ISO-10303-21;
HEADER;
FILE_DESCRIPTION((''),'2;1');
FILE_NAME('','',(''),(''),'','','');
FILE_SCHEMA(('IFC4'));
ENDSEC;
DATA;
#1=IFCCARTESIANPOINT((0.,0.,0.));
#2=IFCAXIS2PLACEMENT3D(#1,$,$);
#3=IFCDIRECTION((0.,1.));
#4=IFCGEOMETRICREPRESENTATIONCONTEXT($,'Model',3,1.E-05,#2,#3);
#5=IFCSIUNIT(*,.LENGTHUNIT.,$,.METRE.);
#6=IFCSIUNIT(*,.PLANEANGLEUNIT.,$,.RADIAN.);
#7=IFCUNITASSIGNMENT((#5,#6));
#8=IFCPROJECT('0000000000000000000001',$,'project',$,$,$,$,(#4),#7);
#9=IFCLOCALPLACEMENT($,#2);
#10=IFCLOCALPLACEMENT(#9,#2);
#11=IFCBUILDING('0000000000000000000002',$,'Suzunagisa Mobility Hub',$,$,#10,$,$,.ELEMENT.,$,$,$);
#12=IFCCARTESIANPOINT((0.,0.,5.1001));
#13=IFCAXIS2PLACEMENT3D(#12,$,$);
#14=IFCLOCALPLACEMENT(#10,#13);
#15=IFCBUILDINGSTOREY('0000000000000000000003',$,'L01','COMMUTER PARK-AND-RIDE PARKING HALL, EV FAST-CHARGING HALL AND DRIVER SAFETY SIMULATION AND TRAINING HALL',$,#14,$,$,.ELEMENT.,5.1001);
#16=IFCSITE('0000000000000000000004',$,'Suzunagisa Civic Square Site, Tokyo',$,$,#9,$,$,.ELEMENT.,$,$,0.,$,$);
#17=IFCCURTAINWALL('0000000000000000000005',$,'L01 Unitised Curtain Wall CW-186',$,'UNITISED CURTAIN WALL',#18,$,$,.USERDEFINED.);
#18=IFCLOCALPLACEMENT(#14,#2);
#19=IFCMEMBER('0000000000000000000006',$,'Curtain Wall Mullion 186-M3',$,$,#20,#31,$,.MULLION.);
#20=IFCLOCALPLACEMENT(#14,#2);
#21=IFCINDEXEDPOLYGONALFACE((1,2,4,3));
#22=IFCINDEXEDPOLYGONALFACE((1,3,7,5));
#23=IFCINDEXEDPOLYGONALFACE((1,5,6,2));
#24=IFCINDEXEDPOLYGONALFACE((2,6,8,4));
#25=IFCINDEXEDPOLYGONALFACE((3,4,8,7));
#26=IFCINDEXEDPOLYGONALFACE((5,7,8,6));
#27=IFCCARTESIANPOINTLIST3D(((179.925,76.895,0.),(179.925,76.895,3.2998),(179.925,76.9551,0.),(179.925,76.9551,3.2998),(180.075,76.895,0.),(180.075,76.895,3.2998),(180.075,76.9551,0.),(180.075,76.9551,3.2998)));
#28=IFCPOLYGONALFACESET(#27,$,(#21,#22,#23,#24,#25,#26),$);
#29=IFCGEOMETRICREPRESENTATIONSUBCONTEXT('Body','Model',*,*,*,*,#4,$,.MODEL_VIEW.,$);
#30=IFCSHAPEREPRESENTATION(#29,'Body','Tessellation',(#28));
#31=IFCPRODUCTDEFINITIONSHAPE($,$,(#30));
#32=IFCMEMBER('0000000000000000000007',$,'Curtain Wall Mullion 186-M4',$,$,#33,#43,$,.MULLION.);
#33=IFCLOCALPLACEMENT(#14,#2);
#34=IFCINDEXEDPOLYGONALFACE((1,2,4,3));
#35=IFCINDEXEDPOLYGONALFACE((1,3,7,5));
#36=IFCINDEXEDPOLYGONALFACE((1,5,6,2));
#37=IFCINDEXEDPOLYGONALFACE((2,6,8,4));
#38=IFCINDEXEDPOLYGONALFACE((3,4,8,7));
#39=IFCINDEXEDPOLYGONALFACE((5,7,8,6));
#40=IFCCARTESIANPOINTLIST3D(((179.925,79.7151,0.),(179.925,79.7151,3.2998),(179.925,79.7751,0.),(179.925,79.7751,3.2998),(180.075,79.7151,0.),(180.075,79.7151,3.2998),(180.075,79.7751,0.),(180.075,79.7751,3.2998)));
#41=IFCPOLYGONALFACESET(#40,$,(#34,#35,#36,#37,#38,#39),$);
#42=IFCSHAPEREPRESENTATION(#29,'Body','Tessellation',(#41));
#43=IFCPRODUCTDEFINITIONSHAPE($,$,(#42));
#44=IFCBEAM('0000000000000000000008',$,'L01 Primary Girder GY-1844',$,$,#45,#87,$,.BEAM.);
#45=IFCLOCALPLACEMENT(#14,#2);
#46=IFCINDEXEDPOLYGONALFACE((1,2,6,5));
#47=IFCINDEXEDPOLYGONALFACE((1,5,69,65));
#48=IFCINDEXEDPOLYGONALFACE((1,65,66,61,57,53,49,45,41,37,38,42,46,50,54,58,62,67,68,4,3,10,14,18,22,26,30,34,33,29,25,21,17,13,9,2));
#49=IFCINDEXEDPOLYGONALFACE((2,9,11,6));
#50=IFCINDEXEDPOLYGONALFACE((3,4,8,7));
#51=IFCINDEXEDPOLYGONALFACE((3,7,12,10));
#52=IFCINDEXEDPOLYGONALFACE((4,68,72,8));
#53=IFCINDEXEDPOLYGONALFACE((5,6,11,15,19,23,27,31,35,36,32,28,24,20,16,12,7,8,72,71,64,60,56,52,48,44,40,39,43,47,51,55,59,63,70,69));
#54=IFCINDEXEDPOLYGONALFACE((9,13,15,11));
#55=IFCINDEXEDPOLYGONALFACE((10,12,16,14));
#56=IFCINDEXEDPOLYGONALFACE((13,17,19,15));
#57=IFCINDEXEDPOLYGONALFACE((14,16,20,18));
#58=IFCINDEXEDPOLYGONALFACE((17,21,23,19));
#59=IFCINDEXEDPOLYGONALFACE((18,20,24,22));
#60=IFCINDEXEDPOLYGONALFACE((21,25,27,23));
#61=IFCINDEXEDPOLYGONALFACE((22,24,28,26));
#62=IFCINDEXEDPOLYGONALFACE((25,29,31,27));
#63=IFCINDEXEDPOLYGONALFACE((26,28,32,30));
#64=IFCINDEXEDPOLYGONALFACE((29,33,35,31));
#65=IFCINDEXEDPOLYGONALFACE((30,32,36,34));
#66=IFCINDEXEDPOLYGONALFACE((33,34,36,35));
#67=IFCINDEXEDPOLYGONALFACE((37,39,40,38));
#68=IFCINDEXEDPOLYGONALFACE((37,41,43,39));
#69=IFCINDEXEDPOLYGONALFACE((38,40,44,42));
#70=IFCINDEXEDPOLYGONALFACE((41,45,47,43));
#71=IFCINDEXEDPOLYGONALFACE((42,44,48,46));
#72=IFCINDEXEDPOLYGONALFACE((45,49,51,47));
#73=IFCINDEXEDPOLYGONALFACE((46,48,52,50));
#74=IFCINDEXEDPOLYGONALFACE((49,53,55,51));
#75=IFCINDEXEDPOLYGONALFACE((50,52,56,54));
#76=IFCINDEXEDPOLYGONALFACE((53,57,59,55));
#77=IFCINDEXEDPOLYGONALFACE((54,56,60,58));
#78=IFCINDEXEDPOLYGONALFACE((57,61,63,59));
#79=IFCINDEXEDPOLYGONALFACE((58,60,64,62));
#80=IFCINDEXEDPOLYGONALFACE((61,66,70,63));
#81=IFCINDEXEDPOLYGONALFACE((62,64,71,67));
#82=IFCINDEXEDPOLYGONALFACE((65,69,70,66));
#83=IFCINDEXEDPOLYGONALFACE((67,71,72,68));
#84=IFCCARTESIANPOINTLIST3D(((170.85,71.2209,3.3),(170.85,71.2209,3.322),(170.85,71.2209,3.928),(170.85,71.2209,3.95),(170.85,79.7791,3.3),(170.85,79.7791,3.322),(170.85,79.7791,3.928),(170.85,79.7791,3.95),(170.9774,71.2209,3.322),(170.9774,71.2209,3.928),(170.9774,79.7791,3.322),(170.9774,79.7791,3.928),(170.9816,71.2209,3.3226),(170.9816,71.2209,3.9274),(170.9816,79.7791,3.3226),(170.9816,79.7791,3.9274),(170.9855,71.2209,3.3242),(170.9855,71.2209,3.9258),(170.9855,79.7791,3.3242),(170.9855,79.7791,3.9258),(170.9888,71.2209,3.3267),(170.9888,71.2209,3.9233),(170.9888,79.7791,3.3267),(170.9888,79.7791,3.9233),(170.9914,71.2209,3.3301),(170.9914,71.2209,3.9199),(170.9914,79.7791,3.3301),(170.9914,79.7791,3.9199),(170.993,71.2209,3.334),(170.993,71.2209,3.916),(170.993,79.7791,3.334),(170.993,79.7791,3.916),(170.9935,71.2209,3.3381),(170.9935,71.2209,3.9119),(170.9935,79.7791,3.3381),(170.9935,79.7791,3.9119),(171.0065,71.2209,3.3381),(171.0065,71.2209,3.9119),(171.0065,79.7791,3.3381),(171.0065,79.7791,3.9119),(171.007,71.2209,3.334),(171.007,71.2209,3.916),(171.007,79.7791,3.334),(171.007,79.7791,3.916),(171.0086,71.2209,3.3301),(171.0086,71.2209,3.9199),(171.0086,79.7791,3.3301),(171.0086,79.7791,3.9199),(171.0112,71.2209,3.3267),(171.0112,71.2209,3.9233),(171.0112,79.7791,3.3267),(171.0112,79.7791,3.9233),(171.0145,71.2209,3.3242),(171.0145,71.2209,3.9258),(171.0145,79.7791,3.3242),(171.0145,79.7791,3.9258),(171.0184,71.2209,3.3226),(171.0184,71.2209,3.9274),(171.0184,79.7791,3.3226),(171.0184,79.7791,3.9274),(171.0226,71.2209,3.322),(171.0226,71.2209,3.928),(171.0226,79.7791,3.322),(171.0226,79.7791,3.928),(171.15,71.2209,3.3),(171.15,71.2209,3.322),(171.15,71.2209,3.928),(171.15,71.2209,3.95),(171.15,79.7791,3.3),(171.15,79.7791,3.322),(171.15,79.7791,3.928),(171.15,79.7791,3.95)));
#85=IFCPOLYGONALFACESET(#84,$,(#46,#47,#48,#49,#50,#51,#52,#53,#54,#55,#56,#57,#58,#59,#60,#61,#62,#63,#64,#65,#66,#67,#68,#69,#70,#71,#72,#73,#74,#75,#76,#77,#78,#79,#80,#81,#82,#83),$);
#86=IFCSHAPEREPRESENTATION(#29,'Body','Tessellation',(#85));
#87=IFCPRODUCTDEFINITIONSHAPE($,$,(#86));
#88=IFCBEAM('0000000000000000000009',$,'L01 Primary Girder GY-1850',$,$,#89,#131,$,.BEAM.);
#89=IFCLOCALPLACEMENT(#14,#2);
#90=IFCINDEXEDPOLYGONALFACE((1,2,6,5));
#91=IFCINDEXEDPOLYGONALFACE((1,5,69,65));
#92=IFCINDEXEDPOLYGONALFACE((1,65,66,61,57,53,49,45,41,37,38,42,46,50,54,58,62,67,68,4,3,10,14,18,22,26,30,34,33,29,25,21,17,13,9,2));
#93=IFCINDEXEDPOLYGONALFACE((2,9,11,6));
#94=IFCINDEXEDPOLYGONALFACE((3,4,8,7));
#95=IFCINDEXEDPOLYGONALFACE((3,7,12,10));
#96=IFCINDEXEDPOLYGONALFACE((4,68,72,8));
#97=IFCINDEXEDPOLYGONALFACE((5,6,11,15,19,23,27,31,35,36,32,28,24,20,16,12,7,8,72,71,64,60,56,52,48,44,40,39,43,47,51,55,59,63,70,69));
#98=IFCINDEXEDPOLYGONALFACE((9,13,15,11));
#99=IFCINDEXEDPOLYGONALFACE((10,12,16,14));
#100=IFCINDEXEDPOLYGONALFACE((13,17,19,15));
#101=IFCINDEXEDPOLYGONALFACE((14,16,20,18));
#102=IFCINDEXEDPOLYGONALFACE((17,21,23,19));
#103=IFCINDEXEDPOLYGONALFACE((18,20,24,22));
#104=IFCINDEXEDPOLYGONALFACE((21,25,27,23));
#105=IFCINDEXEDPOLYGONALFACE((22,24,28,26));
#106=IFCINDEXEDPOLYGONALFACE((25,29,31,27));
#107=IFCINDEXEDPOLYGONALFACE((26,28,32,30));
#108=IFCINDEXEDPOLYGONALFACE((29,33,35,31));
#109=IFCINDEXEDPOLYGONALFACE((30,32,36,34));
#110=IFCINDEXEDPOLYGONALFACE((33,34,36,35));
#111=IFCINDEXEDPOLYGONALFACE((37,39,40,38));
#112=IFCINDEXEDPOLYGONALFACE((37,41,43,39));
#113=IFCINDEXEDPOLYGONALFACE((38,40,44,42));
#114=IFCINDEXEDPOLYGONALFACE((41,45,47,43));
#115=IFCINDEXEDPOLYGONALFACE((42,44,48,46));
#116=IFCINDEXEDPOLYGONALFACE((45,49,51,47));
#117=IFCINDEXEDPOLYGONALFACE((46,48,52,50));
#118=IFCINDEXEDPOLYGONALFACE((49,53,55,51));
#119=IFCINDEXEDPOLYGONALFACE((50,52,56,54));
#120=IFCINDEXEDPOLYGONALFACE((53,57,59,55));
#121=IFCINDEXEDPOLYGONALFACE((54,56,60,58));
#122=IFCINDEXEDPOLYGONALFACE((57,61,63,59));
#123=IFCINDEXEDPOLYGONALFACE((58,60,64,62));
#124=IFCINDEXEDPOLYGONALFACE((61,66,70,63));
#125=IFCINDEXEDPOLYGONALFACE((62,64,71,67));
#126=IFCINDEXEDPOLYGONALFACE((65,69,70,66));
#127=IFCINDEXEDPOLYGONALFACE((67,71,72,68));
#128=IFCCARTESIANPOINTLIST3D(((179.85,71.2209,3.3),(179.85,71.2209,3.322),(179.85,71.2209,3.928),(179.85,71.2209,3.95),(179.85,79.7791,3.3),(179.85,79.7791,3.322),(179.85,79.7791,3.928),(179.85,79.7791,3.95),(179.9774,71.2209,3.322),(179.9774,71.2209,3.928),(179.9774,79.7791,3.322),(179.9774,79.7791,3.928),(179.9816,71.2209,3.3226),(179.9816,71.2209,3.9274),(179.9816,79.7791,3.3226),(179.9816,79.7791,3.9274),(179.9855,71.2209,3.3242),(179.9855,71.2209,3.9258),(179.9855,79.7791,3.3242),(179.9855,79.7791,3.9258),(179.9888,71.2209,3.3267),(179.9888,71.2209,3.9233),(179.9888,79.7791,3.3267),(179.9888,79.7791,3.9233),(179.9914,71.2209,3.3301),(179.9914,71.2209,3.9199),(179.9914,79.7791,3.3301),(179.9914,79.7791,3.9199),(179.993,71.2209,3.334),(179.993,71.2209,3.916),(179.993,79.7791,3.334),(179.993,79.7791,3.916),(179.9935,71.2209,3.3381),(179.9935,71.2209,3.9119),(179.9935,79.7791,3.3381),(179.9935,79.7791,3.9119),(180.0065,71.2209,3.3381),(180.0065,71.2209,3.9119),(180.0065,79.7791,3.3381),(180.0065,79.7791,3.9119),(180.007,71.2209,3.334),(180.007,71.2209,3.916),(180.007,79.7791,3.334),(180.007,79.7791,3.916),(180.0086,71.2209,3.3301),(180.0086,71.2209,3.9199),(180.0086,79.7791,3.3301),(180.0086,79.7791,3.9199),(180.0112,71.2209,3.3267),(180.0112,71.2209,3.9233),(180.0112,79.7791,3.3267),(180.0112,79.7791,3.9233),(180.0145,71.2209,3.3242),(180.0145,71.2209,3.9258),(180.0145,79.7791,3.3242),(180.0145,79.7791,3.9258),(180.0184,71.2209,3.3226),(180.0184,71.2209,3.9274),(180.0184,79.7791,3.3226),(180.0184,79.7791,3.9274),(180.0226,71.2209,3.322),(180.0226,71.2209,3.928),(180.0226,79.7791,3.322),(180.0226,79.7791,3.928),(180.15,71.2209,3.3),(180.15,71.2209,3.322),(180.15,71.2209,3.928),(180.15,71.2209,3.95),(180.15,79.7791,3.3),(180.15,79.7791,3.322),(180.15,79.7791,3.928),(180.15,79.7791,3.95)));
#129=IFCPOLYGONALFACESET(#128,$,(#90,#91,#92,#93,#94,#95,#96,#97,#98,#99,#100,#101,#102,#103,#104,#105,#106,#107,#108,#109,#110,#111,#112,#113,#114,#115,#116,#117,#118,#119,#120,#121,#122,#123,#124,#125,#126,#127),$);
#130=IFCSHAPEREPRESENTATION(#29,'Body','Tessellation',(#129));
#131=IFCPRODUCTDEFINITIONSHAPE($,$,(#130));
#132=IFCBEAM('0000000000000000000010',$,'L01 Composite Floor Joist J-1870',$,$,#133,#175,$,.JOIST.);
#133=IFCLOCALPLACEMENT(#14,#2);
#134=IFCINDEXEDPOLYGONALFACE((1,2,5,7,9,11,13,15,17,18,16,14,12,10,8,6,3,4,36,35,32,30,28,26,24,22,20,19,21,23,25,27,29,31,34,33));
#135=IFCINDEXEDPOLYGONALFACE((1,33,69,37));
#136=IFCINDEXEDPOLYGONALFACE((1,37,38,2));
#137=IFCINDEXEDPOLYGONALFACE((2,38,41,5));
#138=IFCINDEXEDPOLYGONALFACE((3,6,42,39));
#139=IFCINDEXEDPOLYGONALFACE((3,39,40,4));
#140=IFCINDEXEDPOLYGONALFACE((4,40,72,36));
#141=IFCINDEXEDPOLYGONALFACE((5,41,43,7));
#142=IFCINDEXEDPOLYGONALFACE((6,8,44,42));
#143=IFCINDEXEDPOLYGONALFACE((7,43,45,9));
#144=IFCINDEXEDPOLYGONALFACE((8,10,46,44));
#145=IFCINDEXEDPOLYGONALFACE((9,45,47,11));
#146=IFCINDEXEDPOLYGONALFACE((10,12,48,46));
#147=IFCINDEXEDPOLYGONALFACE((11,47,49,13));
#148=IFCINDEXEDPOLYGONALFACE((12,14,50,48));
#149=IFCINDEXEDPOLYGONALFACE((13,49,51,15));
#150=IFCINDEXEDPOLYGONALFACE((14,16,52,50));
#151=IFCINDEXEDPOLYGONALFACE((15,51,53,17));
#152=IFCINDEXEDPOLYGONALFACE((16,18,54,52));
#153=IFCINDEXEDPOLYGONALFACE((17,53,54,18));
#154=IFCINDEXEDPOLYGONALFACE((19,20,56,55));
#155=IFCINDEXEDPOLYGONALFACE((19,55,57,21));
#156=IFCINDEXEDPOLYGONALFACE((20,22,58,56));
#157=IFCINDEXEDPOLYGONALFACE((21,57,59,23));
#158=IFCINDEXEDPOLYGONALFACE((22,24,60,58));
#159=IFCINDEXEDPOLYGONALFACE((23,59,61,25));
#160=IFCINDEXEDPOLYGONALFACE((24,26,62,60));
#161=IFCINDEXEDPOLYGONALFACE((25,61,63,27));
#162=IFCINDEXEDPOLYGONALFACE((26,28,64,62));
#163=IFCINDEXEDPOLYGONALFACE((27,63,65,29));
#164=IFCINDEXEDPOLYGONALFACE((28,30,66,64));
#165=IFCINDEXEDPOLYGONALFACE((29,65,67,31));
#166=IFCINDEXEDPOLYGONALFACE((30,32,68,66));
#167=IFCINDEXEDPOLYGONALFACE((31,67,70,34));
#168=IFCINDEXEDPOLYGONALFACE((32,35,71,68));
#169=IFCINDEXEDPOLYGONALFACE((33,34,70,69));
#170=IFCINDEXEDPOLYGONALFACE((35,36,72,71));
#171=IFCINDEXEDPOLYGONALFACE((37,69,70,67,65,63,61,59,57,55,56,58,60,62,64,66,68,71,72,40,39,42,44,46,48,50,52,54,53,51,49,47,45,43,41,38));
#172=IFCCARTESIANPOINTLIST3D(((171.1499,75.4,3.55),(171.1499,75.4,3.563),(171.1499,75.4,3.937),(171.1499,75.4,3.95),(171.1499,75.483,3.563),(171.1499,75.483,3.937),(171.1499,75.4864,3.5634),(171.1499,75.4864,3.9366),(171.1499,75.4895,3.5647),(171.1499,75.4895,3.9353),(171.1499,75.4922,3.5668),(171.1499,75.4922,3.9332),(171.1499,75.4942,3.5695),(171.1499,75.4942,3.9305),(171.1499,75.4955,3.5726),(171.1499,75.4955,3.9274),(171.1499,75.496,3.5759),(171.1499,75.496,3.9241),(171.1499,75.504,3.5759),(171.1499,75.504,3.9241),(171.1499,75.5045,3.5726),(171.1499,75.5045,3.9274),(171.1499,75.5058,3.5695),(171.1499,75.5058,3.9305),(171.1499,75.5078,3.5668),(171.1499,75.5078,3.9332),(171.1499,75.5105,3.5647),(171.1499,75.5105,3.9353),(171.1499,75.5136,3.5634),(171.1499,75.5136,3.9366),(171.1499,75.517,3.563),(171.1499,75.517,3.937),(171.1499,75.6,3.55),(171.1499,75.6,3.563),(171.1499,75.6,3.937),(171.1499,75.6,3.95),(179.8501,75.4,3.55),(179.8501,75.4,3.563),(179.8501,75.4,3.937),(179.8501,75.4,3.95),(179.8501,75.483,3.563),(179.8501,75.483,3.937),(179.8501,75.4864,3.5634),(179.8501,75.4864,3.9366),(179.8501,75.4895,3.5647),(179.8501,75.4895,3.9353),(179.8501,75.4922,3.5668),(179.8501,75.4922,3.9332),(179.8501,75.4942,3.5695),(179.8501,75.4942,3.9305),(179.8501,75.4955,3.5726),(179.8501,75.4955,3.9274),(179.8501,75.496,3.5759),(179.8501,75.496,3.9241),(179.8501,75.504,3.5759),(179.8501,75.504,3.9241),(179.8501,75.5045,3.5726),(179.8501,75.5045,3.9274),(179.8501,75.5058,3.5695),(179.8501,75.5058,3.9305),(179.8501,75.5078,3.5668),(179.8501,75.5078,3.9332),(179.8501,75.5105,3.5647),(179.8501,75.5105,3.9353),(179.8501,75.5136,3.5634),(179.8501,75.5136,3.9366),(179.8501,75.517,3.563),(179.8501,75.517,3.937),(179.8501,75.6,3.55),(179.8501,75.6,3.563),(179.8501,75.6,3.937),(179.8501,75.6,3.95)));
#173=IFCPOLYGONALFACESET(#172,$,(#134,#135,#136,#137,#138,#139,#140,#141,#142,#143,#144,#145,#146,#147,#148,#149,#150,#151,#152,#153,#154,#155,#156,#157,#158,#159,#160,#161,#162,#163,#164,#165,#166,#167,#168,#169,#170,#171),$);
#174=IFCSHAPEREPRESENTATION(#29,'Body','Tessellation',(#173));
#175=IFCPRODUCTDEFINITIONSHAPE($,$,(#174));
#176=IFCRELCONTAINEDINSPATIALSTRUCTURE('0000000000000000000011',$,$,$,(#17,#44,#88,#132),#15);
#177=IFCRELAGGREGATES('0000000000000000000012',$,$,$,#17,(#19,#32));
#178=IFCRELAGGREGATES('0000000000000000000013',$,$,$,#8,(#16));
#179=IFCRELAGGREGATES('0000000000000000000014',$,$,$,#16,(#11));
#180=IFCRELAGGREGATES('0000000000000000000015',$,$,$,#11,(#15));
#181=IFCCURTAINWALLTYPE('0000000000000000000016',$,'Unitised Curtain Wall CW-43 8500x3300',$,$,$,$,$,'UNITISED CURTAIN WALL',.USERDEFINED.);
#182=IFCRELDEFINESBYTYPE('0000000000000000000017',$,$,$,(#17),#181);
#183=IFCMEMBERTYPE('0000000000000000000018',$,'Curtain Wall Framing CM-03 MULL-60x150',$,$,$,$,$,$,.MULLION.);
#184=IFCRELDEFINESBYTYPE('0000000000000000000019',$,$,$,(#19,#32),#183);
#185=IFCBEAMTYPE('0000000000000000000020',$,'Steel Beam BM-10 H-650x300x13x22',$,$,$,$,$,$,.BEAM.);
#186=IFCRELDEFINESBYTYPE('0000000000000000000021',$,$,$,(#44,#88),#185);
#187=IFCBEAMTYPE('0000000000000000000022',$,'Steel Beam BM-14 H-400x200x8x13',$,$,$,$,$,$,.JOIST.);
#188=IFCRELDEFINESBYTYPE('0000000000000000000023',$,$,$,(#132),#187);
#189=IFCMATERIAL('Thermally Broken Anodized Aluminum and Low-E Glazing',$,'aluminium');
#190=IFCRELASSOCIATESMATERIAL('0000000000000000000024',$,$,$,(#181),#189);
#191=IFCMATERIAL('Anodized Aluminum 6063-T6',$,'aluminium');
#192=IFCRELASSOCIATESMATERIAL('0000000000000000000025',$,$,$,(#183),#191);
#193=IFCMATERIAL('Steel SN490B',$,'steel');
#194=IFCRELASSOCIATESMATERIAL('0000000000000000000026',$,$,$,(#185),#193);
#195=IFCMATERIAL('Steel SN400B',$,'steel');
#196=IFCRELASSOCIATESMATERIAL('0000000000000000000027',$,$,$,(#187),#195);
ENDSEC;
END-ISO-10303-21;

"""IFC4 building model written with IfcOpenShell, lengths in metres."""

from ifc_helpers import new_model, si_unit, direction, frame, origin, origin_2d, place, context, subcontext, project, spatial, rectangle, i_section, extrude, material, material_profile, profile_set, type_object, element, aggregate, save


model = new_model("IFC4")

# Units and contexts
model_context = context("Model", 3, precision=1e-05, world=origin(), true_north=direction((0.0, 1.0)))
body_context = subcontext(model_context, "Body", "Model", "MODEL_VIEW")
ifc_project = project(units=[si_unit("LENGTHUNIT", "METRE"), si_unit("PLANEANGLEUNIT", "RADIAN")], contexts=[model_context])

# Site, building, storey
site_placement = place(None, origin())
site = spatial("IfcSite", under=ifc_project, at=site_placement, Name="Suzunagisa Civic Square Site, Tokyo", CompositionType="ELEMENT", RefElevation=0.0)
building_placement = place(site_placement, origin())
building = spatial("IfcBuilding", under=site, at=building_placement, Name="Suzunagisa Mobility Hub", CompositionType="ELEMENT")
storey_placement = place(building_placement, frame((0.0, 0.0, 5.1001)))
storey = spatial("IfcBuildingStorey", under=building, at=storey_placement, Name="L01", Description="COMMUTER PARK-AND-RIDE PARKING HALL, EV FAST-CHARGING HALL AND DRIVER SAFETY SIMULATION AND TRAINING HALL", CompositionType="ELEMENT", Elevation=5.1001)

# Shared definitions
ifc_material_1 = material(Name="Steel SN490B", Category="steel")

# Curtain wall, members
ifc_material_2 = material(Name="Thermally Broken Anodized Aluminum and Low-E Glazing", Category="aluminium")
curtain_wall_type = type_object("IfcCurtainWallType", Name="Unitised Curtain Wall CW-43 8500x3300", ElementType="UNITISED CURTAIN WALL", PredefinedType="USERDEFINED", material=ifc_material_2)
curtain_wall_placement = place(storey_placement, origin())
curtain_wall = element("IfcCurtainWall", 1, at=curtain_wall_placement, inside=storey, type_object=curtain_wall_type, Name="L01 Unitised Curtain Wall CW-186", ObjectType="UNITISED CURTAIN WALL", PredefinedType="USERDEFINED")
ifc_material_3 = material(Name="Anodized Aluminum 6063-T6", Category="aluminium")
ifc_material_profile_1 = material_profile(ifc_material_3, rectangle(XDim=0.0601, YDim=0.1499, at=origin_2d()), Name="MULL-60x150")
ifc_profile_set_1 = profile_set([ifc_material_profile_1], Name="Anodized Aluminum 6063-T6")
member_type_1 = type_object("IfcMemberType", Name="Curtain Wall Framing CM-03 MULL-60x150", PredefinedType="MULLION", material=ifc_profile_set_1)
member_1_placement = place(storey_placement, frame((180.0, 76.925, 0.0), z_axis=(0.0, 0.0, 1.0), x_axis=(0.0, 1.0, 0.0)))
member_1 = element("IfcMember", 2, at=member_1_placement, type_object=member_type_1, Name="Curtain Wall Mullion 186-M3", PredefinedType="MULLION", context=body_context, shape_type="SweptSolid", body=[
    extrude(rectangle(XDim=0.0601, YDim=0.1499, at=origin_2d()), origin(), (0.0, 0.0, 1.0), 3.2998),
])
member_2_placement = place(storey_placement, frame((180.0, 79.7451, 0.0), z_axis=(0.0, 0.0, 1.0), x_axis=(0.0, 1.0, 0.0)))
member_2 = element("IfcMember", 3, at=member_2_placement, type_object=member_type_1, Name="Curtain Wall Mullion 186-M4", PredefinedType="MULLION", context=body_context, shape_type="SweptSolid", body=[
    extrude(rectangle(XDim=0.0601, YDim=0.1499, at=origin_2d()), origin(), (0.0, 0.0, 1.0), 3.2998),
])

# Beams
ifc_material_profile_2 = material_profile(ifc_material_1, i_section(OverallWidth=0.3, OverallDepth=0.6499, WebThickness=0.0129, FlangeThickness=0.022, FilletRadius=0.0161, at=origin_2d()), Name="H-650x300x13x22")
ifc_profile_set_2 = profile_set([ifc_material_profile_2], Name="Steel SN490B")
beam_type_1 = type_object("IfcBeamType", Name="Steel Beam BM-10 H-650x300x13x22", PredefinedType="BEAM", material=ifc_profile_set_2)
for number, where, z_axis, x_axis, name in (
    (4, (171.0, 71.2209, 3.625), (0.0, 1.0, 0.0), (-1.0, 0.0, 0.0), "L01 Primary Girder GY-1844"),
    (5, (180.0, 71.2209, 3.625), (0.0, 1.0, 0.0), (-1.0, 0.0, 0.0), "L01 Primary Girder GY-1850"),
):
    element("IfcBeam", number, at=place(storey_placement, frame(where, z_axis=z_axis, x_axis=x_axis)), inside=storey, type_object=beam_type_1, Name=name, PredefinedType="BEAM", context=body_context, shape_type="SweptSolid", body=[
        extrude(i_section(OverallWidth=0.3, OverallDepth=0.6499, WebThickness=0.0129, FlangeThickness=0.022, FilletRadius=0.0161, at=origin_2d()), origin(), (0.0, 0.0, 1.0), 8.5581),
    ])
ifc_material_4 = material(Name="Steel SN400B", Category="steel")
ifc_material_profile_3 = material_profile(ifc_material_4, i_section(OverallWidth=0.2, OverallDepth=0.3999, WebThickness=0.0081, FlangeThickness=0.0129, FilletRadius=0.0129, at=origin_2d()), Name="H-400x200x8x13")
ifc_profile_set_3 = profile_set([ifc_material_profile_3], Name="Steel SN400B")
beam_type_2 = type_object("IfcBeamType", Name="Steel Beam BM-14 H-400x200x8x13", PredefinedType="JOIST", material=ifc_profile_set_3)
beam_placement = place(storey_placement, frame((171.1499, 75.5, 3.75), z_axis=(1.0, 0.0, 0.0), x_axis=(0.0, 1.0, 0.0)))
element("IfcBeam", 6, at=beam_placement, inside=storey, type_object=beam_type_2, Name="L01 Composite Floor Joist J-1870", PredefinedType="JOIST", context=body_context, shape_type="SweptSolid", body=[
    extrude(i_section(OverallWidth=0.2, OverallDepth=0.3999, WebThickness=0.0081, FlangeThickness=0.0129, FilletRadius=0.0129, at=origin_2d()), origin(), (0.0, 0.0, 1.0), 8.7002),
])

aggregate(curtain_wall, [member_1, member_2])

save(model, "model.ifc")
